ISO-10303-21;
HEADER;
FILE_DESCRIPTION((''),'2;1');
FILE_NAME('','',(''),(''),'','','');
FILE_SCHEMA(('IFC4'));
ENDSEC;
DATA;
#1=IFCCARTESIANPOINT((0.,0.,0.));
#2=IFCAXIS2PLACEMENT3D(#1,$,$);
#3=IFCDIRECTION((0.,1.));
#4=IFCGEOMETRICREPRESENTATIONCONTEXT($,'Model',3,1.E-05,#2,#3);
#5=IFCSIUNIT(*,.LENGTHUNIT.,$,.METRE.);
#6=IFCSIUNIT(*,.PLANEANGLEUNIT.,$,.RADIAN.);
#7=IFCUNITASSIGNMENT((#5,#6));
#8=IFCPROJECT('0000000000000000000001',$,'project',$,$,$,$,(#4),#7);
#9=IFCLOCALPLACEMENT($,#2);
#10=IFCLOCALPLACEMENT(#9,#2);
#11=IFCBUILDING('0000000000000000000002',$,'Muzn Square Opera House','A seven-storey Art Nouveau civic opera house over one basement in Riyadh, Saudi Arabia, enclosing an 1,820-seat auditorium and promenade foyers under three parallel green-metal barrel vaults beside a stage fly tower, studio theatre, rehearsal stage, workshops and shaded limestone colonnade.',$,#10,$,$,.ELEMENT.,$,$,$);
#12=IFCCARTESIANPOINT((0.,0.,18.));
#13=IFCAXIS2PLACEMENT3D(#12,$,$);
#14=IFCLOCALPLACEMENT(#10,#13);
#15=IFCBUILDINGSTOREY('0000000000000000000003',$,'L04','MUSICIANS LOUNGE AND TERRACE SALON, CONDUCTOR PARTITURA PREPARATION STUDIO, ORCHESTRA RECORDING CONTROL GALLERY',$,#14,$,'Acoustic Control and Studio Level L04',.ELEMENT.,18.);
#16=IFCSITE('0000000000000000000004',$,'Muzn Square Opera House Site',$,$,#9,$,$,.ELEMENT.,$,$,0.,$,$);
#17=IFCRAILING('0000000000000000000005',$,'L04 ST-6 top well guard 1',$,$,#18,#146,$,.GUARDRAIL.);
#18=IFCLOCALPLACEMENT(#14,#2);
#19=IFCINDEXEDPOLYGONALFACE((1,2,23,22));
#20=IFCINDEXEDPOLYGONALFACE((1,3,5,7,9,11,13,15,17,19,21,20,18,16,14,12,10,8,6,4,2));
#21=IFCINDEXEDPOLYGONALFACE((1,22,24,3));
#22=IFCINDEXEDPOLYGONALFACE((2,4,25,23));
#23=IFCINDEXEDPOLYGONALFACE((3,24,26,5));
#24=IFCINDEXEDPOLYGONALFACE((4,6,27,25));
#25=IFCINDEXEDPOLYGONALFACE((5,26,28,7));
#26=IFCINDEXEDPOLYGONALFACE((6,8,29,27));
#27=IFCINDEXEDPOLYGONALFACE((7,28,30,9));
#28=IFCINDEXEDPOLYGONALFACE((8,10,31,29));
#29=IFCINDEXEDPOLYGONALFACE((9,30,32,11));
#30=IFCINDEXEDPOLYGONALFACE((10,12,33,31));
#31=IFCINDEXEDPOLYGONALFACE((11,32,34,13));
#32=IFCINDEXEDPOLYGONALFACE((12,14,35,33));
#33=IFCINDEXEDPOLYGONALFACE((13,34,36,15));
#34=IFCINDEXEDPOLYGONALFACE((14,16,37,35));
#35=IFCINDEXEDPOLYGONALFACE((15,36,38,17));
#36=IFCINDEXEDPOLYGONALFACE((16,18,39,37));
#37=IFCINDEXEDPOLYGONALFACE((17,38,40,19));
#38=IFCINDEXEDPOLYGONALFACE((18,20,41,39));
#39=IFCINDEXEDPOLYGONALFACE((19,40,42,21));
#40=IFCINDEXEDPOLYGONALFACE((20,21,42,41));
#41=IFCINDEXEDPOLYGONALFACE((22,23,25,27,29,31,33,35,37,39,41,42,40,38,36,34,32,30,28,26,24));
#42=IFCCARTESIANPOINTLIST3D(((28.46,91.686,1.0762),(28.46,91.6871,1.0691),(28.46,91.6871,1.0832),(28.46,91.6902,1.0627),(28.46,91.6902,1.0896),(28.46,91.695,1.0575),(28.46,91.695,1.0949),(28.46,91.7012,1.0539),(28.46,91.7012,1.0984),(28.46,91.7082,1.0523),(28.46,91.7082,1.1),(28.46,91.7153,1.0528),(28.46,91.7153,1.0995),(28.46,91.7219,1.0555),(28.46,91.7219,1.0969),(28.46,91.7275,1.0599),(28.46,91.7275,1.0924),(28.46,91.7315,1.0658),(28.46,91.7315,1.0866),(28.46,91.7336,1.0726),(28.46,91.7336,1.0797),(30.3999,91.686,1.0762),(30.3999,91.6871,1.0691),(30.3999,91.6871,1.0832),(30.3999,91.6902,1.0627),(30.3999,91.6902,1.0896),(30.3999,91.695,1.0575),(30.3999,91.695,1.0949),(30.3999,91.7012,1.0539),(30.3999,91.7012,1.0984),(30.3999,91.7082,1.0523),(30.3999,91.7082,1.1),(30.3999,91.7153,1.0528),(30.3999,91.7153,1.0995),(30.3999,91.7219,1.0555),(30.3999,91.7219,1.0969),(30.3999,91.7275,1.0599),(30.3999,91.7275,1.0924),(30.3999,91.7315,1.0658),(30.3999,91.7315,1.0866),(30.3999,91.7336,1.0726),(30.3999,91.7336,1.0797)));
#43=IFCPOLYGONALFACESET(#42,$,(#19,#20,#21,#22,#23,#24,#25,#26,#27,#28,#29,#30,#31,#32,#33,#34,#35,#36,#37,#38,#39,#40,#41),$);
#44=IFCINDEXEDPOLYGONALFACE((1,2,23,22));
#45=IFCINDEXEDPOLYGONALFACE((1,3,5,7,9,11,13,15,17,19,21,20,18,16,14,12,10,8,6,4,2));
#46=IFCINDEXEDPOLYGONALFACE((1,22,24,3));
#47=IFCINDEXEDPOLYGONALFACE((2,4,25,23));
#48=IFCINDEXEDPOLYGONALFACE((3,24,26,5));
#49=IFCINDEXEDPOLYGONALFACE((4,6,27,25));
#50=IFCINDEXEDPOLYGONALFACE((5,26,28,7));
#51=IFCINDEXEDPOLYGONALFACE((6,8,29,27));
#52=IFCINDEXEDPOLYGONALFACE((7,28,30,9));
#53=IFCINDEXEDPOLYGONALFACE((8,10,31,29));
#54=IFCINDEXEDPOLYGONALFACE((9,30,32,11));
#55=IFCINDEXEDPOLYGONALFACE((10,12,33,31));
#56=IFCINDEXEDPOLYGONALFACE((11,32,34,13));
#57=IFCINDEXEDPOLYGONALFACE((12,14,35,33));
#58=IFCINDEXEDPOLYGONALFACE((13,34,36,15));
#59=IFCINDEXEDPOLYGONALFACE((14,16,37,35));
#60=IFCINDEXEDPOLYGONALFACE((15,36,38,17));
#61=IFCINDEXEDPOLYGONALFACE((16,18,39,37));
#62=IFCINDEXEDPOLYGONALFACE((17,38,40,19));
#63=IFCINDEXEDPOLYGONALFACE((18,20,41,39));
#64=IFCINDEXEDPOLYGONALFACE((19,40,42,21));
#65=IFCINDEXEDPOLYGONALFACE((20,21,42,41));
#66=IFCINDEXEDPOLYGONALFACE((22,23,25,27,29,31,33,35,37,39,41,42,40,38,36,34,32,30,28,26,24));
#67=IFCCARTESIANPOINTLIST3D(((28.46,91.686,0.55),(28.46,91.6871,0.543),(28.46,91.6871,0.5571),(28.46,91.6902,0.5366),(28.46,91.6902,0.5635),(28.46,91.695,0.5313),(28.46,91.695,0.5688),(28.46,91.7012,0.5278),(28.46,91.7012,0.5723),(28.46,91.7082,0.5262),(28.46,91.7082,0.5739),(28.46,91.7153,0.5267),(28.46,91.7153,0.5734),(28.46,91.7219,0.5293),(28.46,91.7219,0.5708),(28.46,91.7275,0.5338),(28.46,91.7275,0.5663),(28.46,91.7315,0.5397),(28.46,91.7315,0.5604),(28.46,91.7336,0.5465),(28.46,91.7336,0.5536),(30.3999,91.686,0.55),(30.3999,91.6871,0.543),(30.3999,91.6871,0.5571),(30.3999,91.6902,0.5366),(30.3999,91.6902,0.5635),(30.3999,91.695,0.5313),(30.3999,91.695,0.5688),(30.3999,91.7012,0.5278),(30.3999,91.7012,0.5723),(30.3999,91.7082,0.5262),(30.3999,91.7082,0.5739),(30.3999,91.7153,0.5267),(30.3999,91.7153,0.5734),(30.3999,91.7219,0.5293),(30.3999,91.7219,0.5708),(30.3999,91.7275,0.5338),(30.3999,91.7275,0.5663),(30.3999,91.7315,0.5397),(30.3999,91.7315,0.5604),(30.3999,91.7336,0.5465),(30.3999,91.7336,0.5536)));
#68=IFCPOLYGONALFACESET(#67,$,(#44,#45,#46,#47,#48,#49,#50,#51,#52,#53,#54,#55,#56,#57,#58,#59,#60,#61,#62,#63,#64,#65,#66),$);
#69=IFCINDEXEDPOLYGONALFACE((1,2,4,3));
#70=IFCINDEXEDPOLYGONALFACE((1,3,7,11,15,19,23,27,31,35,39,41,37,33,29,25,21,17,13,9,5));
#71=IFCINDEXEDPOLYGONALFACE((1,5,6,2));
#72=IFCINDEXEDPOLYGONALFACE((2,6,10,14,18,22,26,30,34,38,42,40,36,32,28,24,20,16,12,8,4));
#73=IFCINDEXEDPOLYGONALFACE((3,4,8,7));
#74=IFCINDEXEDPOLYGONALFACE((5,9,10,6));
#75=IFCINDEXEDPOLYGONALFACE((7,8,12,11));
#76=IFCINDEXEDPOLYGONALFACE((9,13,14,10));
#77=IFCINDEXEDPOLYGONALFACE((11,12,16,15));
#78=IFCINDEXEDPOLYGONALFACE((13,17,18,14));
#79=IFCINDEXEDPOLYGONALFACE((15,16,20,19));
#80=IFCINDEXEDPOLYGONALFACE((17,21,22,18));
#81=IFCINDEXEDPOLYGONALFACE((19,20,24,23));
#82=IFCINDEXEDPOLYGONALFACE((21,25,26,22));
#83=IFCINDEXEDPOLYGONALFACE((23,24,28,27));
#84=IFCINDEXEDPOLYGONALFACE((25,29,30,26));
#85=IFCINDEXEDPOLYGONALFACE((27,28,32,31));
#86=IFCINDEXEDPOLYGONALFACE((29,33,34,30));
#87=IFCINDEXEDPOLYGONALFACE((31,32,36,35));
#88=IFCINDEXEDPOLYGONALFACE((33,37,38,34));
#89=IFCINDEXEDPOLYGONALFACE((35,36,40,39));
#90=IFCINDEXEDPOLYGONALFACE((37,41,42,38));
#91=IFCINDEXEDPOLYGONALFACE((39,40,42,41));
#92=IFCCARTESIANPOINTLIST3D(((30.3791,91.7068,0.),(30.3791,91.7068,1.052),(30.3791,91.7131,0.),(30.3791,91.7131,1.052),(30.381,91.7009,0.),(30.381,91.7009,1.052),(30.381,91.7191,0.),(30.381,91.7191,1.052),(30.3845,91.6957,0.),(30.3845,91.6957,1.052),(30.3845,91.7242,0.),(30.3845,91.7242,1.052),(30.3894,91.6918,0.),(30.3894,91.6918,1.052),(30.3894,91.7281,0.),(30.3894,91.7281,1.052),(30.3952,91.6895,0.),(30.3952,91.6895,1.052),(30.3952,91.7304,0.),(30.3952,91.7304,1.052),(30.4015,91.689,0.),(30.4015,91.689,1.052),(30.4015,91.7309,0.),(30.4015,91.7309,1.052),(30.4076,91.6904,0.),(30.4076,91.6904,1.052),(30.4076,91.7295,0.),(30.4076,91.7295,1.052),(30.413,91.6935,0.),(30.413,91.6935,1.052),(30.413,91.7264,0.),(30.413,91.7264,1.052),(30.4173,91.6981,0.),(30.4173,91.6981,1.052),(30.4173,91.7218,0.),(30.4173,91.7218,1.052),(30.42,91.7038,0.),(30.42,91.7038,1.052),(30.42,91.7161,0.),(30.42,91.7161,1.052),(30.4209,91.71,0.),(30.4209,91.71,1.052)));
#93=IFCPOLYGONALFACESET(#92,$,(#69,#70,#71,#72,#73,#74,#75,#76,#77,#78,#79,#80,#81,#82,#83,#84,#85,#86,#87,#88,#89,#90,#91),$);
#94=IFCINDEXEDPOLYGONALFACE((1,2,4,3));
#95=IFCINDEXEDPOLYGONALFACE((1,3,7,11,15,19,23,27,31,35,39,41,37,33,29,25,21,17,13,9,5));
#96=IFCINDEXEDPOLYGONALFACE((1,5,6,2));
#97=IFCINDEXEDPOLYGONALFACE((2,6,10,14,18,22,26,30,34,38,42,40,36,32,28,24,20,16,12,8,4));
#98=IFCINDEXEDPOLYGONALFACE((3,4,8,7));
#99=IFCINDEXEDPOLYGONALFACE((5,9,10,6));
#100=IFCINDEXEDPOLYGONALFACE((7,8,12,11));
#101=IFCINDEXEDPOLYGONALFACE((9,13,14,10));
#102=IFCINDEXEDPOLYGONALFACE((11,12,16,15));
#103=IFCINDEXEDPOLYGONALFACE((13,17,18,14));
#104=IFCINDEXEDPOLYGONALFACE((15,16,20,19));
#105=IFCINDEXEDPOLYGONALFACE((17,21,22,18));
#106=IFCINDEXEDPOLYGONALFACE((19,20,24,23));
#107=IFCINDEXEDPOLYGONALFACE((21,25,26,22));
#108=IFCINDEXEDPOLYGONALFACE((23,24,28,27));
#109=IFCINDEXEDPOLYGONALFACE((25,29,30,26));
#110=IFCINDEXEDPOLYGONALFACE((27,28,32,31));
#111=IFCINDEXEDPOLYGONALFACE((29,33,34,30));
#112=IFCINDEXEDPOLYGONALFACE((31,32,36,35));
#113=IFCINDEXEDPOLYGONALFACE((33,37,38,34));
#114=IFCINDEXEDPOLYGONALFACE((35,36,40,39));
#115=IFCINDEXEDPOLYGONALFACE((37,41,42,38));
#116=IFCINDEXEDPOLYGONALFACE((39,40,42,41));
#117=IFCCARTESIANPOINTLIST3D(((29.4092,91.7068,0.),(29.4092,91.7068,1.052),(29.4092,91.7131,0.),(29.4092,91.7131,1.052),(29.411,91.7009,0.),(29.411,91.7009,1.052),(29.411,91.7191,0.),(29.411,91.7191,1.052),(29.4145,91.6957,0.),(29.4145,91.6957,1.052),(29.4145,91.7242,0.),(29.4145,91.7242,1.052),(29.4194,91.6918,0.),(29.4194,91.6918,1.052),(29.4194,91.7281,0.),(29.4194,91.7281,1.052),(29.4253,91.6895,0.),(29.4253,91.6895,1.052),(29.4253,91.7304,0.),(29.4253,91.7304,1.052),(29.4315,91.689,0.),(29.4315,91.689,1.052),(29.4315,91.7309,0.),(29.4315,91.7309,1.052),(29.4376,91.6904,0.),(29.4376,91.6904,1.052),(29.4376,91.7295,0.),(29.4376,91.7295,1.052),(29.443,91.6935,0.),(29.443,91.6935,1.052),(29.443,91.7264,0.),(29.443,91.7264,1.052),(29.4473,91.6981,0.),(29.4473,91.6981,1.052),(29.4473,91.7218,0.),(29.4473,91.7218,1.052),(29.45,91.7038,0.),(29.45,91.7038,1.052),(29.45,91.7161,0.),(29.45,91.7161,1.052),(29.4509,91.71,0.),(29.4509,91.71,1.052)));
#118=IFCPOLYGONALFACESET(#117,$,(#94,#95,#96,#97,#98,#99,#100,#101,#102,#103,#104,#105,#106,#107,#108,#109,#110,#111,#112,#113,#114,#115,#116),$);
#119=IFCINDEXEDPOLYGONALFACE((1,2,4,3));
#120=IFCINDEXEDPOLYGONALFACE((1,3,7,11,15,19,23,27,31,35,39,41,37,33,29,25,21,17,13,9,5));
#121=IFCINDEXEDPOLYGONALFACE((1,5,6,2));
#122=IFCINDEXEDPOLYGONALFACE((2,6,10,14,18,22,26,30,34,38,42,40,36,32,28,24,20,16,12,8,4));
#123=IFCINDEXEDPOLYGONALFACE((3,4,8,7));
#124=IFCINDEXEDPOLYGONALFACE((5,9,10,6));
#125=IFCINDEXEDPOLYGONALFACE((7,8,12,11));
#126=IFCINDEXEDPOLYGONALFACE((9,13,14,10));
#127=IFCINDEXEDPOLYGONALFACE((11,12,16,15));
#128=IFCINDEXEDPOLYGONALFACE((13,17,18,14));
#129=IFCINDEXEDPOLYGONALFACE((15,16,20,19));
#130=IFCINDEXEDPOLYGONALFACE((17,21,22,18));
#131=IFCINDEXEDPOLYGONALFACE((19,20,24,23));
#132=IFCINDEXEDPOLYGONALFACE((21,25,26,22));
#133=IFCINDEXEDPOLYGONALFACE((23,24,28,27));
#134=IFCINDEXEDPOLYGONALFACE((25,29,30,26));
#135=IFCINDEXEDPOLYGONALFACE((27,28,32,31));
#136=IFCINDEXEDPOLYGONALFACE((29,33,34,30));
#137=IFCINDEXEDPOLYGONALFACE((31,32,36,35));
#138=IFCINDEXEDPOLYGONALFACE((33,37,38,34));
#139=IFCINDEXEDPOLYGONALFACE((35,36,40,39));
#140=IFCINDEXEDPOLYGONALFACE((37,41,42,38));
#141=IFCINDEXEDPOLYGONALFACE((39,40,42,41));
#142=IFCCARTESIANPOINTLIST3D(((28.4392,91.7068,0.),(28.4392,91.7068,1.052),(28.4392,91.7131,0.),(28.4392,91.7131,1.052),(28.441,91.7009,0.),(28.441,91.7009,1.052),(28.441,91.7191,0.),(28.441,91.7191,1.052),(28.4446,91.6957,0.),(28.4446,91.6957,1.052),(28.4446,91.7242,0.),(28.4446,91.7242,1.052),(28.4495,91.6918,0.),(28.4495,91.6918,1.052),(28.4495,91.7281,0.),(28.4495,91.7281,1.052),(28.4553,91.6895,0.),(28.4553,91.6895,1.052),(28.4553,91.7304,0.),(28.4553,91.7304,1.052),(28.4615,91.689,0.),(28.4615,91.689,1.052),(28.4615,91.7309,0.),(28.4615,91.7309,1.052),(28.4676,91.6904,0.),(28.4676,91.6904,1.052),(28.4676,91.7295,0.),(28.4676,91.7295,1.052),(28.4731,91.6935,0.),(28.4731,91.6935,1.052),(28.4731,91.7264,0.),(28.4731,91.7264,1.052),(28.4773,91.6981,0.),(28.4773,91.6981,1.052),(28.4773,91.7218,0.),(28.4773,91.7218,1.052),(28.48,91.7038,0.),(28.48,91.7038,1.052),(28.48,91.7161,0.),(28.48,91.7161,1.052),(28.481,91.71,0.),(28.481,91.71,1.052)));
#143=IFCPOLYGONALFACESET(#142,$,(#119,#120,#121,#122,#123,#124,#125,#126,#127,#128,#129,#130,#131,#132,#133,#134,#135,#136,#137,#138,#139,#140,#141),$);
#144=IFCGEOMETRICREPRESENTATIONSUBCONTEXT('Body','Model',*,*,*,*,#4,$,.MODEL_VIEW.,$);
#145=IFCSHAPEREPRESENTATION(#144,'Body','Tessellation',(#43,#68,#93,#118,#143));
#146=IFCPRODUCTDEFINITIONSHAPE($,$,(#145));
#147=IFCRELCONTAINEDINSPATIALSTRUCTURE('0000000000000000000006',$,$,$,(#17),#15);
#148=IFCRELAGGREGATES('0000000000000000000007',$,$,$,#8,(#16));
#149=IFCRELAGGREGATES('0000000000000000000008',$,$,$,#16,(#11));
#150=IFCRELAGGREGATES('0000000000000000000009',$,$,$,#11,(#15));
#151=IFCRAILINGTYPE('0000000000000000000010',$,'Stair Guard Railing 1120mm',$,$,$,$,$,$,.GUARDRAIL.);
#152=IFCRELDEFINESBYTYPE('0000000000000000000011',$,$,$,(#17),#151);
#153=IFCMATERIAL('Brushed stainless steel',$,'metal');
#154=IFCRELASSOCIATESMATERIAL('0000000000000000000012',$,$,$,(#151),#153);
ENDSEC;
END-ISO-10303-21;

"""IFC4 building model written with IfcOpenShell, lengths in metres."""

from ifc_helpers import new_model, si_unit, direction, frame, origin, origin_2d, place, context, subcontext, project, spatial, circle, extrude, material, type_object, element, save


model = new_model("IFC4")

# Units and contexts
model_context = context("Model", 3, precision=1e-05, world=origin(), true_north=direction((0.0, 1.0)))
body_context = subcontext(model_context, "Body", "Model", "MODEL_VIEW")
ifc_project = project(units=[si_unit("LENGTHUNIT", "METRE"), si_unit("PLANEANGLEUNIT", "RADIAN")], contexts=[model_context])

# Site, building, storey
site_placement = place(None, origin())
site = spatial("IfcSite", under=ifc_project, at=site_placement, Name="Muzn Square Opera House Site", CompositionType="ELEMENT", RefElevation=0.0)
building_placement = place(site_placement, origin())
building = spatial("IfcBuilding", under=site, at=building_placement, Name="Muzn Square Opera House", Description="A seven-storey Art Nouveau civic opera house over one basement in Riyadh, Saudi Arabia, enclosing an 1,820-seat auditorium and promenade foyers under three parallel green-metal barrel vaults beside a stage fly tower, studio theatre, rehearsal stage, workshops and shaded limestone colonnade.", CompositionType="ELEMENT")
storey_placement = place(building_placement, frame((0.0, 0.0, 18.0)))
storey = spatial("IfcBuildingStorey", under=building, at=storey_placement, Name="L04", Description="MUSICIANS LOUNGE AND TERRACE SALON, CONDUCTOR PARTITURA PREPARATION STUDIO, ORCHESTRA RECORDING CONTROL GALLERY", LongName="Acoustic Control and Studio Level L04", CompositionType="ELEMENT", Elevation=18.0)

# Shared definitions
ifc_material_1 = material(Name="Brushed stainless steel", Category="metal")

# Railing
railing_type = type_object("IfcRailingType", Name="Stair Guard Railing 1120mm", PredefinedType="GUARDRAIL", material=ifc_material_1)
railing_placement = place(storey_placement, frame((30.3999, 91.71, 0.0)))
element("IfcRailing", 1, at=railing_placement, inside=storey, type_object=railing_type, Name="L04 ST-6 top well guard 1", PredefinedType="GUARDRAIL", context=body_context, shape_type="SweptSolid", body=[
    extrude(circle(Radius=0.0239, at=origin_2d()), frame((0.0, 0.0, 1.0762), z_axis=(-1.0, 0.0, 0.0), x_axis=(0.0, -1.0, 0.0)), (0.0, 0.0, 1.0), 1.9399),
    extrude(circle(Radius=0.0239, at=origin_2d()), frame((0.0, 0.0, 0.55), z_axis=(-1.0, 0.0, 0.0), x_axis=(0.0, -1.0, 0.0)), (0.0, 0.0, 1.0), 1.9399),
    extrude(circle(Radius=0.021, at=origin_2d()), origin(), (0.0, 0.0, 1.0), 1.052),
    extrude(circle(Radius=0.021, at=origin_2d()), frame((-0.97, 0.0, 0.0)), (0.0, 0.0, 1.0), 1.052),
    extrude(circle(Radius=0.021, at=origin_2d()), frame((-1.9399, 0.0, 0.0)), (0.0, 0.0, 1.0), 1.052),
])

save(model, "model.ifc")
